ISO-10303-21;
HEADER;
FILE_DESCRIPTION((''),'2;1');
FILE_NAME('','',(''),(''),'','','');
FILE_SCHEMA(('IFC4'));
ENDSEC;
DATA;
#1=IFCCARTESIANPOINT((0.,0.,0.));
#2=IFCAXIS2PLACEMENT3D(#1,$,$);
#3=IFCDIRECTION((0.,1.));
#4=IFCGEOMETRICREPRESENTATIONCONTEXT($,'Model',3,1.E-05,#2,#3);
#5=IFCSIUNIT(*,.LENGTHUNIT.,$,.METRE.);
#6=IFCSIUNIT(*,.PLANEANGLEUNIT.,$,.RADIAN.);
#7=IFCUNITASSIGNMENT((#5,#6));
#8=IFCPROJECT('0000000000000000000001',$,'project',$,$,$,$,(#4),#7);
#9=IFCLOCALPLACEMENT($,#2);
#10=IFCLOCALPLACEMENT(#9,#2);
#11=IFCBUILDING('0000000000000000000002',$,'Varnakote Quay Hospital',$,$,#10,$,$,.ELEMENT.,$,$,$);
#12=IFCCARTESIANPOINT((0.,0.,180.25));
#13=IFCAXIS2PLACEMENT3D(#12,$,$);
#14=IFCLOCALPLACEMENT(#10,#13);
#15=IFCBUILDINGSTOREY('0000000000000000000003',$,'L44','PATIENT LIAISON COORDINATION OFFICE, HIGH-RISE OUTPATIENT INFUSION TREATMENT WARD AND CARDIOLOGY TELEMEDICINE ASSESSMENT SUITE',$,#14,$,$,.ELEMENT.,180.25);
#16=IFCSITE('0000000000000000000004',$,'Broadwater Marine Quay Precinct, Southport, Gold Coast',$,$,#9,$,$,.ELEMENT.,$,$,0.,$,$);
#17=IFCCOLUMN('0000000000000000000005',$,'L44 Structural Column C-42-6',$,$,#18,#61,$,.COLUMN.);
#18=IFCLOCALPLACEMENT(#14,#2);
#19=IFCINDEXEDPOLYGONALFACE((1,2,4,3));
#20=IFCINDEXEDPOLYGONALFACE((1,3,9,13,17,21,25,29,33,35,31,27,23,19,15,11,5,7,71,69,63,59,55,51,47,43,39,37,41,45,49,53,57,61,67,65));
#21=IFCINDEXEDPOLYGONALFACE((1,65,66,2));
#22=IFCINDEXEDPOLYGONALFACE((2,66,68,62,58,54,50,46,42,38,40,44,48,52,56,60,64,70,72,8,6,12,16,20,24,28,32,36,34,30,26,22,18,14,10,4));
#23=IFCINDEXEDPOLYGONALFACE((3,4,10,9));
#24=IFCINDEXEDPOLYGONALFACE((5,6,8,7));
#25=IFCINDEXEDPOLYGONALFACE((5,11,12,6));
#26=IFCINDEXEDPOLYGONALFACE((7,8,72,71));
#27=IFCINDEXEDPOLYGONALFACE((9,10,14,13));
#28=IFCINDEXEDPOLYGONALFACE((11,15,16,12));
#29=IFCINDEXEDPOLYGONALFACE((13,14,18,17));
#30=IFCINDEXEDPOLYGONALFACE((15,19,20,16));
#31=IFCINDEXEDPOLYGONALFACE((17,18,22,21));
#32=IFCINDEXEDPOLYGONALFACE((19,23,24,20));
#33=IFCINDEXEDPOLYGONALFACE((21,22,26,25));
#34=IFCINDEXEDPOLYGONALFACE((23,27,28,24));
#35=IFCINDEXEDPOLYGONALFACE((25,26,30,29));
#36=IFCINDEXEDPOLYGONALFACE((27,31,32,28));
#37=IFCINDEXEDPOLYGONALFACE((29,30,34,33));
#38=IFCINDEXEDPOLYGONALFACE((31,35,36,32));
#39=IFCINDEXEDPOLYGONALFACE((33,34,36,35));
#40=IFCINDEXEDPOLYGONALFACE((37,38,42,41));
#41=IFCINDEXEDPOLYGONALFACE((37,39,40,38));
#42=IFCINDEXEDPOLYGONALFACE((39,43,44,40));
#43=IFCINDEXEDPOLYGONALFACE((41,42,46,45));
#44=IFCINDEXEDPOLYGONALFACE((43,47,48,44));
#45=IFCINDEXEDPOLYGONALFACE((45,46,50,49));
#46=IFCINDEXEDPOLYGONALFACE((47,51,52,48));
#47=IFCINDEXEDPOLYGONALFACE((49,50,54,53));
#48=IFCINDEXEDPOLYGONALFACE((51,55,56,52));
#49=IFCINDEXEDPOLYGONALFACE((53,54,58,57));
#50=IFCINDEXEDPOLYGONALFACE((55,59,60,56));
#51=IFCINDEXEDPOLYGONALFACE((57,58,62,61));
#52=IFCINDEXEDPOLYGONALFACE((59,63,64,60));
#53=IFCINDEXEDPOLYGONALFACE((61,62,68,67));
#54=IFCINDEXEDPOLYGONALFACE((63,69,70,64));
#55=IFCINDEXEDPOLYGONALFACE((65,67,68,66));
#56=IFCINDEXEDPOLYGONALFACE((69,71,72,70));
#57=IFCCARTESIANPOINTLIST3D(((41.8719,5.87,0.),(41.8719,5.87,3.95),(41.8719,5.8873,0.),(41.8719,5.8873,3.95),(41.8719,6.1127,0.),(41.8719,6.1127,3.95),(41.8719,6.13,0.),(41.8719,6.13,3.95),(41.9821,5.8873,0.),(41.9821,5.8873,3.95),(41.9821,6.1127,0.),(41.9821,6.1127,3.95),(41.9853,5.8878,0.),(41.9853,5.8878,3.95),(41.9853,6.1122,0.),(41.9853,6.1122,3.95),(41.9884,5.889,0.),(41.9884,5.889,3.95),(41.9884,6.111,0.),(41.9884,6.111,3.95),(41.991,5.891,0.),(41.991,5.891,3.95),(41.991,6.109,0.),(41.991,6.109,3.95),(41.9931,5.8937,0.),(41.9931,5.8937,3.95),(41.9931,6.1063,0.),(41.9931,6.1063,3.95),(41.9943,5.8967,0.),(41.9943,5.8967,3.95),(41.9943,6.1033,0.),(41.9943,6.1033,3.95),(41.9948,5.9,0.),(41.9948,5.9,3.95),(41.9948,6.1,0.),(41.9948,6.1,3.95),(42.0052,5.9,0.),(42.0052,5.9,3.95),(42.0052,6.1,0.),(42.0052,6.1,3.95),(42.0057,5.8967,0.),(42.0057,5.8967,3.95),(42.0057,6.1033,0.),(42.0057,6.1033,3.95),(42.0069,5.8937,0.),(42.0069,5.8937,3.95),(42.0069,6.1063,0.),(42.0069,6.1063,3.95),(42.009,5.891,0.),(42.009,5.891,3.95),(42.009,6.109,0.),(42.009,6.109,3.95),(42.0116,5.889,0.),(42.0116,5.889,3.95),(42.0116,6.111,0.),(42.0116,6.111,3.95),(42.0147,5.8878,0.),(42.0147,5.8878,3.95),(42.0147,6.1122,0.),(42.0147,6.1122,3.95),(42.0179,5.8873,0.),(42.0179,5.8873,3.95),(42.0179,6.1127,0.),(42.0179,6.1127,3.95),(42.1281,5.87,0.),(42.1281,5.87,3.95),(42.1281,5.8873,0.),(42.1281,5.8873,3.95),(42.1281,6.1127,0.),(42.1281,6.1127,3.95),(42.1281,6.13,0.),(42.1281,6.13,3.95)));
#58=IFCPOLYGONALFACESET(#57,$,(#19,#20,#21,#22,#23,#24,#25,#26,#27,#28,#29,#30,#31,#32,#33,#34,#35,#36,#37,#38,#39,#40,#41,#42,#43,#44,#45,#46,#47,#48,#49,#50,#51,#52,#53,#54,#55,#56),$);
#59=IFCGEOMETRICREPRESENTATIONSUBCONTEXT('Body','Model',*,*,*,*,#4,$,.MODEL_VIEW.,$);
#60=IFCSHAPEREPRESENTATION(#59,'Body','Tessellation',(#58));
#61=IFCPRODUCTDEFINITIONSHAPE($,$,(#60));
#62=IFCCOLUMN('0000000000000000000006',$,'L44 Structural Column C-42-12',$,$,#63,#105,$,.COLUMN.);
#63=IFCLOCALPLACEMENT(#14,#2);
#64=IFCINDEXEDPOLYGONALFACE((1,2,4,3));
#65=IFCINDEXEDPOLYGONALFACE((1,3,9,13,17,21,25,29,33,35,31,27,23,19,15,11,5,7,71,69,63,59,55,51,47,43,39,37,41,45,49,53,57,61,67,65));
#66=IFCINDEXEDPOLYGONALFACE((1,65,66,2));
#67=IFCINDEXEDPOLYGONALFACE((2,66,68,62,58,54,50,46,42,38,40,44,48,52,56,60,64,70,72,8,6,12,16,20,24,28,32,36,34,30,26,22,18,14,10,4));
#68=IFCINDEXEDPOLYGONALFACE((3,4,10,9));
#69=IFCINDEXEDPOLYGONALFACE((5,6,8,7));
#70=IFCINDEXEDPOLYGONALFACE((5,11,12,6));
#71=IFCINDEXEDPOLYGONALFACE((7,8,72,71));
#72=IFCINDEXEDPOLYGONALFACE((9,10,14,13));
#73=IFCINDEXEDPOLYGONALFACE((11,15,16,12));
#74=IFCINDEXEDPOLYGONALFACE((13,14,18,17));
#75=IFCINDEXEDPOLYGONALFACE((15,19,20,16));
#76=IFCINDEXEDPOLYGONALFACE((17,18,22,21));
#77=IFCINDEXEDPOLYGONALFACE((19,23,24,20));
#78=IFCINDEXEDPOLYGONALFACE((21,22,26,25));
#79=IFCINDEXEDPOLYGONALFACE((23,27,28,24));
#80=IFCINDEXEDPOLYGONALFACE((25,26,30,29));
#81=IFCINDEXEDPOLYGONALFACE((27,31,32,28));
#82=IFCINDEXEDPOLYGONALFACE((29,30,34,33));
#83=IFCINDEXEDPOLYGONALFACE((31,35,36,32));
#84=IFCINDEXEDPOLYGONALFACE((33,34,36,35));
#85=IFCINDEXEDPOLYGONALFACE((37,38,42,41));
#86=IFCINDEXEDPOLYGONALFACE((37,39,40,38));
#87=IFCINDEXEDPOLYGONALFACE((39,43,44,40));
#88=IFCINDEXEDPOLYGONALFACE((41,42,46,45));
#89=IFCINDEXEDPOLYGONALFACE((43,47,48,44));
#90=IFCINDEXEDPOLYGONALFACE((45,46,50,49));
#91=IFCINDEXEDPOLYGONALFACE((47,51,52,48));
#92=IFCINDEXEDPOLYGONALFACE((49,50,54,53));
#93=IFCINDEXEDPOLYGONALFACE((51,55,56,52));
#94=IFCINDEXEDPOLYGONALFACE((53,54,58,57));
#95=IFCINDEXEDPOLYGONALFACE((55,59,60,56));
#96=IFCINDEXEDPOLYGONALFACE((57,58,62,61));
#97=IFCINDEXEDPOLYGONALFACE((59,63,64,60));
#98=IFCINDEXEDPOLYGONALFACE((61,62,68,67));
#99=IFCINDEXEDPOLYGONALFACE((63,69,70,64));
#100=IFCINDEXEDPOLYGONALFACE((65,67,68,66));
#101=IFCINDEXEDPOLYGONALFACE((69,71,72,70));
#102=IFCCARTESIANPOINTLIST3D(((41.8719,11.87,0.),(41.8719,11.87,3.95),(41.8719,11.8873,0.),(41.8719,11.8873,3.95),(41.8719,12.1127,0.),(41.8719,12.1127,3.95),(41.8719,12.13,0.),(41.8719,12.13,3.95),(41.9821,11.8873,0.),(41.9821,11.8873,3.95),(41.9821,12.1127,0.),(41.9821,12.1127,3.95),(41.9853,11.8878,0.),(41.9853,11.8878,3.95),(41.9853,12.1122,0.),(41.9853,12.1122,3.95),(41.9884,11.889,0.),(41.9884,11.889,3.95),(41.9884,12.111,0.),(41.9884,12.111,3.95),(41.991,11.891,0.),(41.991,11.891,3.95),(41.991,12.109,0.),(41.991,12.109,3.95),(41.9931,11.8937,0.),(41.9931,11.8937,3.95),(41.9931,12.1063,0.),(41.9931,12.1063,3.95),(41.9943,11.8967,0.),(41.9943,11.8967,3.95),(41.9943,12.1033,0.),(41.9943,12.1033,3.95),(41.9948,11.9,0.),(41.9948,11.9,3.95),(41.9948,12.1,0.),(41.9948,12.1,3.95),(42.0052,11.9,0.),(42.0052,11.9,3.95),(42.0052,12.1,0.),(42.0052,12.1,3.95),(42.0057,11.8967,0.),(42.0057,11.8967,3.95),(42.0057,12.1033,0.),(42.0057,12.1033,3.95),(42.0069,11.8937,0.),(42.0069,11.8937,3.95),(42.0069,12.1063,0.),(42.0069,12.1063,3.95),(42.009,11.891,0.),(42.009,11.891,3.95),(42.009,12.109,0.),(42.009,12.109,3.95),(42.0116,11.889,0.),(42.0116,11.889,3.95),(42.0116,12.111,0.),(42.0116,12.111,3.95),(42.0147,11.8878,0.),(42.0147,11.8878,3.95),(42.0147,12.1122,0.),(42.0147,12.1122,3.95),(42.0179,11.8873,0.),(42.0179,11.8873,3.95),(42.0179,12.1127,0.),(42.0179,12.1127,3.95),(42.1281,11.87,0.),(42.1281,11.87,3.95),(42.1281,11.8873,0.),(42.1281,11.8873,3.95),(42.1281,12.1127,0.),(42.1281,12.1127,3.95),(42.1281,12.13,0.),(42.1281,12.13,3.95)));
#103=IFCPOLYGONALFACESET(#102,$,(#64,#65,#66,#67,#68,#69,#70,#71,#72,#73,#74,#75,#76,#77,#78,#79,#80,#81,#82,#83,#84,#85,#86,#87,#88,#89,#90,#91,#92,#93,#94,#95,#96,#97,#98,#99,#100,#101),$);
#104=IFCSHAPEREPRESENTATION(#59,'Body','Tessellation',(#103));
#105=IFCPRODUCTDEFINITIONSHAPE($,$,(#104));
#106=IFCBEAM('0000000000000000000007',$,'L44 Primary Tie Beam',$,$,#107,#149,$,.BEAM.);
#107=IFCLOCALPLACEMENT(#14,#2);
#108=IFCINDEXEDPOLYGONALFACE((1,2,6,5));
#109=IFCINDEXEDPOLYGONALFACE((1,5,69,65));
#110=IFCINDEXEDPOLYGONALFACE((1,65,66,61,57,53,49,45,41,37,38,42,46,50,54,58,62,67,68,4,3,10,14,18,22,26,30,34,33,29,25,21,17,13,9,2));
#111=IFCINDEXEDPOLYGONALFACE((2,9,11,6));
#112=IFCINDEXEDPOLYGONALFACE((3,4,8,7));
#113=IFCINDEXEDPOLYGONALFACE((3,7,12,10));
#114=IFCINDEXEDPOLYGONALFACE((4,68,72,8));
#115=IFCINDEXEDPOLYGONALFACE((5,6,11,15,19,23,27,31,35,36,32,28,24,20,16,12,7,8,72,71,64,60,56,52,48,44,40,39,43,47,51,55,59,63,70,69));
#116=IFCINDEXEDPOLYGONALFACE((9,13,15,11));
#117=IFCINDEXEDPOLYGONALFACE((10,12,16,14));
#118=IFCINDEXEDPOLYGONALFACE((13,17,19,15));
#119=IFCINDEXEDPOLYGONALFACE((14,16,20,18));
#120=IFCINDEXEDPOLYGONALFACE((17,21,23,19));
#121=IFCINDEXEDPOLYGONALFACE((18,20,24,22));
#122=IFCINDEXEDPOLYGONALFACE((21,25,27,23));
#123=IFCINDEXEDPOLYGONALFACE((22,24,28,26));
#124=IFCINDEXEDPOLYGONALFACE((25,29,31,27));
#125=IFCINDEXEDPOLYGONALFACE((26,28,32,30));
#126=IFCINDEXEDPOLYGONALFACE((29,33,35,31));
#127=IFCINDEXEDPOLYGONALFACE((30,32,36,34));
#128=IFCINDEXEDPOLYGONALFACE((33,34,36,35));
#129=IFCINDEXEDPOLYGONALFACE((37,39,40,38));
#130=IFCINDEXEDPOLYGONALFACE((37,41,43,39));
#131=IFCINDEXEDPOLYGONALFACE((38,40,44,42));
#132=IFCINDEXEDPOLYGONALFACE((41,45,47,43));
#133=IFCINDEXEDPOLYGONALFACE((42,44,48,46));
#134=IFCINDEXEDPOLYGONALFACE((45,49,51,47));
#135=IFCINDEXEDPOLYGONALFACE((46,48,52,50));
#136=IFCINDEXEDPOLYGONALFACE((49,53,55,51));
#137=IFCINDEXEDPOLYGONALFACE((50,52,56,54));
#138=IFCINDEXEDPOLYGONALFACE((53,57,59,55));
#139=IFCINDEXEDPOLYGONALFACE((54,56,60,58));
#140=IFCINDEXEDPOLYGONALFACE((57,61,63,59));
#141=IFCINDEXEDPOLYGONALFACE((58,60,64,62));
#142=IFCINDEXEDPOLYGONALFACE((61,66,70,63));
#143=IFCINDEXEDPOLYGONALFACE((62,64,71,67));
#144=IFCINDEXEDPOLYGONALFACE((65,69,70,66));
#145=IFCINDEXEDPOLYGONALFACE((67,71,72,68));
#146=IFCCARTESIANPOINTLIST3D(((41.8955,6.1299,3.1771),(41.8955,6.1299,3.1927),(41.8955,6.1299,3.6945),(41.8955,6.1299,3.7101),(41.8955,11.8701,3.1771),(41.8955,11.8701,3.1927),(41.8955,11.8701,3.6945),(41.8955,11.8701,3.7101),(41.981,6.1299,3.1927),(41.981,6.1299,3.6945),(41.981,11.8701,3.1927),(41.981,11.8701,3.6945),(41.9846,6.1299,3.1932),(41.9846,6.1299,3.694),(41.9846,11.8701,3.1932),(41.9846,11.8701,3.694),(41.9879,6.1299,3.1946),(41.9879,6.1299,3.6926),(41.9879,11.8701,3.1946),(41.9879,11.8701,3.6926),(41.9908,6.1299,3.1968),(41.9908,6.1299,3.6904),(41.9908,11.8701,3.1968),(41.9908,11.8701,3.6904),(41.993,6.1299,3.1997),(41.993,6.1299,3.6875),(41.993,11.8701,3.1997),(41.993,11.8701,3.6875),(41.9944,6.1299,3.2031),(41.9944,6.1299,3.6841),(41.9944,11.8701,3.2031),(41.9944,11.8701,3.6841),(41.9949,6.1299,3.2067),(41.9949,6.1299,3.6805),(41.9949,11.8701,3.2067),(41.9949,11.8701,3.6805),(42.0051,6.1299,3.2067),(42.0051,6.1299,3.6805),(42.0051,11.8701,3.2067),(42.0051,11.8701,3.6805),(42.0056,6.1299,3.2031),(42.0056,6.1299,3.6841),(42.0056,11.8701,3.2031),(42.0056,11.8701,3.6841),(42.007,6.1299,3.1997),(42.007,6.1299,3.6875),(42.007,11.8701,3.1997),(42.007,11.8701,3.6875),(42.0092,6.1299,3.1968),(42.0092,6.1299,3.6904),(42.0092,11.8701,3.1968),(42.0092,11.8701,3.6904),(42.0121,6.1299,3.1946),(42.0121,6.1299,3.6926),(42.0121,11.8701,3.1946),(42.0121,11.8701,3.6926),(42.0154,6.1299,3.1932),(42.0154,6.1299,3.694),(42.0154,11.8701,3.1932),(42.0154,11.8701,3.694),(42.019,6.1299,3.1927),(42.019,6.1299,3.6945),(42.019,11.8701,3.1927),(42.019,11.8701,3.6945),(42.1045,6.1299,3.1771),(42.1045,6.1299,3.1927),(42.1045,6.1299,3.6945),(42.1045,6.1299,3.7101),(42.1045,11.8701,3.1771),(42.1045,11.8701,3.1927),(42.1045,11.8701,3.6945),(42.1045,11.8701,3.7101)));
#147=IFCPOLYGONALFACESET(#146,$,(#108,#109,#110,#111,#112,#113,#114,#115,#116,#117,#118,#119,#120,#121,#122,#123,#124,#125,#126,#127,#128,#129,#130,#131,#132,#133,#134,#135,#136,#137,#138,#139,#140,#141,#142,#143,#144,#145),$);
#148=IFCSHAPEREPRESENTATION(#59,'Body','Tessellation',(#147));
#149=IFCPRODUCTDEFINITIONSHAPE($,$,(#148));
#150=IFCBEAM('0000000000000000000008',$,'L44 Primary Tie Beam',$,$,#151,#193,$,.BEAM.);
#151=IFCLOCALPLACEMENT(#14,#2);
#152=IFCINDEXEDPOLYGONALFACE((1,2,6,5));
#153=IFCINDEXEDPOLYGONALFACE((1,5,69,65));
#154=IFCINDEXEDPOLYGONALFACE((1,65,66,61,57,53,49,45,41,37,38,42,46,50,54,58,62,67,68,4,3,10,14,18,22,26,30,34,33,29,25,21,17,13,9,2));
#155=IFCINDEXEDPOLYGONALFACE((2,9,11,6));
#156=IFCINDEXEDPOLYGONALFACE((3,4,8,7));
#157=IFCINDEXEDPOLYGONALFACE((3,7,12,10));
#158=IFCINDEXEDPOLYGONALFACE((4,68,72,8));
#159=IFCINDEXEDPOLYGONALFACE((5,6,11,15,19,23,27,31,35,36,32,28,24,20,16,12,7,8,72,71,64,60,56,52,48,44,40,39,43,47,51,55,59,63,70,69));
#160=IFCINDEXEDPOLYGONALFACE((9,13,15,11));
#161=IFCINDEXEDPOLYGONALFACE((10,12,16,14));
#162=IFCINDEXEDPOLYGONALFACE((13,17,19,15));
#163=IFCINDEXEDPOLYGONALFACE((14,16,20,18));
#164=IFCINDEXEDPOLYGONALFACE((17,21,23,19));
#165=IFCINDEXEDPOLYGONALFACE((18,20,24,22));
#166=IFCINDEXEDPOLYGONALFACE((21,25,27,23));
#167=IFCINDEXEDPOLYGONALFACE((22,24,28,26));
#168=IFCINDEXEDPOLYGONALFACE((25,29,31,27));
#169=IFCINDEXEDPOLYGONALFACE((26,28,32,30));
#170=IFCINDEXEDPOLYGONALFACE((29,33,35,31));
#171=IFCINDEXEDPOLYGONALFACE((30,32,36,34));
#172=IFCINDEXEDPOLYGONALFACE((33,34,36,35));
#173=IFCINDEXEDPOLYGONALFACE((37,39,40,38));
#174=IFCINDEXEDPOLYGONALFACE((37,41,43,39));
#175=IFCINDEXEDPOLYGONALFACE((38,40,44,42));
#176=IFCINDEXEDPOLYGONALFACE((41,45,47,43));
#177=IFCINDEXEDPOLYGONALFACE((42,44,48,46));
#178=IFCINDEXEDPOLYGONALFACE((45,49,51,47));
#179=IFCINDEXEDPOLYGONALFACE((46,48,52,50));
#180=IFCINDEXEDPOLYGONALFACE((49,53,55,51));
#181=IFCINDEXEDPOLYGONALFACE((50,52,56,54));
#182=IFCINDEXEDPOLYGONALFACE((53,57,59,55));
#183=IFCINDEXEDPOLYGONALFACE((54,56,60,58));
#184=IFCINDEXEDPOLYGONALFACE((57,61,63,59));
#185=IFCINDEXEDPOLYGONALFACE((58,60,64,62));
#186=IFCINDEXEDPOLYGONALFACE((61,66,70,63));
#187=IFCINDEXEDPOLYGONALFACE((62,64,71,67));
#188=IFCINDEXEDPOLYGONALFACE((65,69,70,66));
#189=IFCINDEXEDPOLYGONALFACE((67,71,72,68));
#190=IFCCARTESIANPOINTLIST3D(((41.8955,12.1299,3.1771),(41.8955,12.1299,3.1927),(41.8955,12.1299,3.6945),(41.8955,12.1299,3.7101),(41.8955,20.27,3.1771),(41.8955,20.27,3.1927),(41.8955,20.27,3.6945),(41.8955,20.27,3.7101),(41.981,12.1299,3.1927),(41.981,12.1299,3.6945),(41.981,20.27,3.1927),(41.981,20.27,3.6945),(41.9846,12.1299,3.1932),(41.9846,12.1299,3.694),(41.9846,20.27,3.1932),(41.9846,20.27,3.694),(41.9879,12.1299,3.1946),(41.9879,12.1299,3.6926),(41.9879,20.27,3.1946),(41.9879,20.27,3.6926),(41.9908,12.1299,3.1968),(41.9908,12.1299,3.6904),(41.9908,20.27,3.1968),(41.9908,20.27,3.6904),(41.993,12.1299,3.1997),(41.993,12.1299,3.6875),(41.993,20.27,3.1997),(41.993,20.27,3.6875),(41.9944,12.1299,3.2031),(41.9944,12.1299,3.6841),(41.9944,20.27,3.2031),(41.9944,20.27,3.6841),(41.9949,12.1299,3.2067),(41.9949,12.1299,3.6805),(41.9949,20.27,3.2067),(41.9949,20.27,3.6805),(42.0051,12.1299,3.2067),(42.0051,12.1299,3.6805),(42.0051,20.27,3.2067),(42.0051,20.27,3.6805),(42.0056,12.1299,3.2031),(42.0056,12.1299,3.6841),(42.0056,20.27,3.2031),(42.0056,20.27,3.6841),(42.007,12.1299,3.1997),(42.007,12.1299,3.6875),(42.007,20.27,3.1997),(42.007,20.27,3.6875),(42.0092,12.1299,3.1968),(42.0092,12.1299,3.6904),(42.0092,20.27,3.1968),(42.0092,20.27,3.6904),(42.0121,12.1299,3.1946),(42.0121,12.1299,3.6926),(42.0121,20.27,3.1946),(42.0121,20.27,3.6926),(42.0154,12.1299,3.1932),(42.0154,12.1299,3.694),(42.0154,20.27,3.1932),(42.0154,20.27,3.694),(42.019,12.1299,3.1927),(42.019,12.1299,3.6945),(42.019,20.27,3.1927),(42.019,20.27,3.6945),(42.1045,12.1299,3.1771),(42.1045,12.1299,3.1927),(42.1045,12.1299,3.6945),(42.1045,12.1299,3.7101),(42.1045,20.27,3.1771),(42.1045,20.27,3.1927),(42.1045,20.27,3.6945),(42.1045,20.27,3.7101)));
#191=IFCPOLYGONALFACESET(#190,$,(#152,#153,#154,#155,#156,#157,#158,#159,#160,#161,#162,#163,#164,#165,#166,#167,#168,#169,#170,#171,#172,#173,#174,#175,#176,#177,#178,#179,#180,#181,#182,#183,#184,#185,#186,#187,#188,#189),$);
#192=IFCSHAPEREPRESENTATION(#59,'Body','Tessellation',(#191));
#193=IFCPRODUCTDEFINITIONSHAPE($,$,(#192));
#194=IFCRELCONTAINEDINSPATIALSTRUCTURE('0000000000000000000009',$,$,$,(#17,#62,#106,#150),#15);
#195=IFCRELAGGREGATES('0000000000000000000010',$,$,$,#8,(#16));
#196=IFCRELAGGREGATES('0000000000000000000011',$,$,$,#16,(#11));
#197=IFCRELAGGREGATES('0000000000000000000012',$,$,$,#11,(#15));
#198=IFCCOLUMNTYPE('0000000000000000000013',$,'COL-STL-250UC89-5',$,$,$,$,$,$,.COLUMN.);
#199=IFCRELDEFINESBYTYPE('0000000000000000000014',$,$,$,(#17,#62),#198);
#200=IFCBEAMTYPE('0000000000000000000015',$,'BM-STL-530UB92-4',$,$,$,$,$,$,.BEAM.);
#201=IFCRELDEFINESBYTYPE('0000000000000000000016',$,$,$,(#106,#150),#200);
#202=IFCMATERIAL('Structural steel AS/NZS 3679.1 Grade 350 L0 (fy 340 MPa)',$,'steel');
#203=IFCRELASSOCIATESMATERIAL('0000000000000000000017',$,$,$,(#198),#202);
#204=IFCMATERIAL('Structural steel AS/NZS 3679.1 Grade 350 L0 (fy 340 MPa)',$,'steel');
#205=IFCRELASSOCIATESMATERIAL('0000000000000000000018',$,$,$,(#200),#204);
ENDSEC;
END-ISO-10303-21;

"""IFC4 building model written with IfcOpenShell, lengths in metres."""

from ifc_helpers import new_model, si_unit, direction, frame, origin, origin_2d, place, context, subcontext, project, spatial, i_section, extrude, material, material_profile, profile_set, type_object, element, save


model = new_model("IFC4")

# Units and contexts
model_context = context("Model", 3, precision=1e-05, world=origin(), true_north=direction((0.0, 1.0)))
body_context = subcontext(model_context, "Body", "Model", "MODEL_VIEW")
ifc_project = project(units=[si_unit("LENGTHUNIT", "METRE"), si_unit("PLANEANGLEUNIT", "RADIAN")], contexts=[model_context])

# Site, building, storey
site_placement = place(None, origin())
site = spatial("IfcSite", under=ifc_project, at=site_placement, Name="Broadwater Marine Quay Precinct, Southport, Gold Coast", CompositionType="ELEMENT", RefElevation=0.0)
building_placement = place(site_placement, origin())
building = spatial("IfcBuilding", under=site, at=building_placement, Name="Varnakote Quay Hospital", CompositionType="ELEMENT")
storey_placement = place(building_placement, frame((0.0, 0.0, 180.25)))
storey = spatial("IfcBuildingStorey", under=building, at=storey_placement, Name="L44", Description="PATIENT LIAISON COORDINATION OFFICE, HIGH-RISE OUTPATIENT INFUSION TREATMENT WARD AND CARDIOLOGY TELEMEDICINE ASSESSMENT SUITE", CompositionType="ELEMENT", Elevation=180.25)

# Columns
ifc_material_1 = material(Name="Structural steel AS/NZS 3679.1 Grade 350 L0 (fy 340 MPa)", Category="steel")
ifc_material_profile_1 = material_profile(ifc_material_1, i_section(OverallWidth=0.2561, OverallDepth=0.26, WebThickness=0.0105, FlangeThickness=0.0173, FilletRadius=0.0127, at=origin_2d()), Name="250UC89.5")
ifc_profile_set_1 = profile_set([ifc_material_profile_1], Name="Structural steel AS/NZS 3679.1 Grade 350 L0 (fy 340 MPa)")
column_type = type_object("IfcColumnType", Name="COL-STL-250UC89-5", PredefinedType="COLUMN", material=ifc_profile_set_1)
for number, where, z_axis, x_axis, name in (
    (1, (42.0, 6.0, 0.0), (0.0, 0.0, 1.0), (1.0, 0.0, 0.0), "L44 Structural Column C-42-6"),
    (2, (42.0, 12.0, 0.0), (0.0, 0.0, 1.0), (1.0, 0.0, 0.0), "L44 Structural Column C-42-12"),
):
    element("IfcColumn", number, at=place(storey_placement, frame(where, z_axis=z_axis, x_axis=x_axis)), inside=storey, type_object=column_type, Name=name, PredefinedType="COLUMN", context=body_context, shape_type="SweptSolid", body=[
        extrude(i_section(OverallWidth=0.2561, OverallDepth=0.26, WebThickness=0.0105, FlangeThickness=0.0173, FilletRadius=0.0127, at=origin_2d()), origin(), (0.0, 0.0, 1.0), 3.95),
    ])

# Beams
ifc_material_2 = material(Name="Structural steel AS/NZS 3679.1 Grade 350 L0 (fy 340 MPa)", Category="steel")
ifc_material_profile_2 = material_profile(ifc_material_2, i_section(OverallWidth=0.209, OverallDepth=0.533, WebThickness=0.0103, FlangeThickness=0.0156, FilletRadius=0.0139, at=origin_2d()), Name="530UB92.4")
ifc_profile_set_2 = profile_set([ifc_material_profile_2], Name="Structural steel AS/NZS 3679.1 Grade 350 L0 (fy 340 MPa)")
beam_type = type_object("IfcBeamType", Name="BM-STL-530UB92-4", PredefinedType="BEAM", material=ifc_profile_set_2)
beam_1_placement = place(storey_placement, frame((42.0, 6.1299, 3.4436), z_axis=(0.0, 1.0, 0.0), x_axis=(-1.0, 0.0, 0.0)))
element("IfcBeam", 3, at=beam_1_placement, inside=storey, type_object=beam_type, Name="L44 Primary Tie Beam", PredefinedType="BEAM", context=body_context, shape_type="SweptSolid", body=[
    extrude(i_section(OverallWidth=0.209, OverallDepth=0.533, WebThickness=0.0103, FlangeThickness=0.0156, FilletRadius=0.0139, at=origin_2d()), origin(), (0.0, 0.0, 1.0), 5.7402),
])
beam_2_placement = place(storey_placement, frame((42.0, 12.1299, 3.4436), z_axis=(0.0, 1.0, 0.0), x_axis=(-1.0, 0.0, 0.0)))
element("IfcBeam", 4, at=beam_2_placement, inside=storey, type_object=beam_type, Name="L44 Primary Tie Beam", PredefinedType="BEAM", context=body_context, shape_type="SweptSolid", body=[
    extrude(i_section(OverallWidth=0.209, OverallDepth=0.533, WebThickness=0.0103, FlangeThickness=0.0156, FilletRadius=0.0139, at=origin_2d()), origin(), (0.0, 0.0, 1.0), 8.1401),
])

save(model, "model.ifc")
